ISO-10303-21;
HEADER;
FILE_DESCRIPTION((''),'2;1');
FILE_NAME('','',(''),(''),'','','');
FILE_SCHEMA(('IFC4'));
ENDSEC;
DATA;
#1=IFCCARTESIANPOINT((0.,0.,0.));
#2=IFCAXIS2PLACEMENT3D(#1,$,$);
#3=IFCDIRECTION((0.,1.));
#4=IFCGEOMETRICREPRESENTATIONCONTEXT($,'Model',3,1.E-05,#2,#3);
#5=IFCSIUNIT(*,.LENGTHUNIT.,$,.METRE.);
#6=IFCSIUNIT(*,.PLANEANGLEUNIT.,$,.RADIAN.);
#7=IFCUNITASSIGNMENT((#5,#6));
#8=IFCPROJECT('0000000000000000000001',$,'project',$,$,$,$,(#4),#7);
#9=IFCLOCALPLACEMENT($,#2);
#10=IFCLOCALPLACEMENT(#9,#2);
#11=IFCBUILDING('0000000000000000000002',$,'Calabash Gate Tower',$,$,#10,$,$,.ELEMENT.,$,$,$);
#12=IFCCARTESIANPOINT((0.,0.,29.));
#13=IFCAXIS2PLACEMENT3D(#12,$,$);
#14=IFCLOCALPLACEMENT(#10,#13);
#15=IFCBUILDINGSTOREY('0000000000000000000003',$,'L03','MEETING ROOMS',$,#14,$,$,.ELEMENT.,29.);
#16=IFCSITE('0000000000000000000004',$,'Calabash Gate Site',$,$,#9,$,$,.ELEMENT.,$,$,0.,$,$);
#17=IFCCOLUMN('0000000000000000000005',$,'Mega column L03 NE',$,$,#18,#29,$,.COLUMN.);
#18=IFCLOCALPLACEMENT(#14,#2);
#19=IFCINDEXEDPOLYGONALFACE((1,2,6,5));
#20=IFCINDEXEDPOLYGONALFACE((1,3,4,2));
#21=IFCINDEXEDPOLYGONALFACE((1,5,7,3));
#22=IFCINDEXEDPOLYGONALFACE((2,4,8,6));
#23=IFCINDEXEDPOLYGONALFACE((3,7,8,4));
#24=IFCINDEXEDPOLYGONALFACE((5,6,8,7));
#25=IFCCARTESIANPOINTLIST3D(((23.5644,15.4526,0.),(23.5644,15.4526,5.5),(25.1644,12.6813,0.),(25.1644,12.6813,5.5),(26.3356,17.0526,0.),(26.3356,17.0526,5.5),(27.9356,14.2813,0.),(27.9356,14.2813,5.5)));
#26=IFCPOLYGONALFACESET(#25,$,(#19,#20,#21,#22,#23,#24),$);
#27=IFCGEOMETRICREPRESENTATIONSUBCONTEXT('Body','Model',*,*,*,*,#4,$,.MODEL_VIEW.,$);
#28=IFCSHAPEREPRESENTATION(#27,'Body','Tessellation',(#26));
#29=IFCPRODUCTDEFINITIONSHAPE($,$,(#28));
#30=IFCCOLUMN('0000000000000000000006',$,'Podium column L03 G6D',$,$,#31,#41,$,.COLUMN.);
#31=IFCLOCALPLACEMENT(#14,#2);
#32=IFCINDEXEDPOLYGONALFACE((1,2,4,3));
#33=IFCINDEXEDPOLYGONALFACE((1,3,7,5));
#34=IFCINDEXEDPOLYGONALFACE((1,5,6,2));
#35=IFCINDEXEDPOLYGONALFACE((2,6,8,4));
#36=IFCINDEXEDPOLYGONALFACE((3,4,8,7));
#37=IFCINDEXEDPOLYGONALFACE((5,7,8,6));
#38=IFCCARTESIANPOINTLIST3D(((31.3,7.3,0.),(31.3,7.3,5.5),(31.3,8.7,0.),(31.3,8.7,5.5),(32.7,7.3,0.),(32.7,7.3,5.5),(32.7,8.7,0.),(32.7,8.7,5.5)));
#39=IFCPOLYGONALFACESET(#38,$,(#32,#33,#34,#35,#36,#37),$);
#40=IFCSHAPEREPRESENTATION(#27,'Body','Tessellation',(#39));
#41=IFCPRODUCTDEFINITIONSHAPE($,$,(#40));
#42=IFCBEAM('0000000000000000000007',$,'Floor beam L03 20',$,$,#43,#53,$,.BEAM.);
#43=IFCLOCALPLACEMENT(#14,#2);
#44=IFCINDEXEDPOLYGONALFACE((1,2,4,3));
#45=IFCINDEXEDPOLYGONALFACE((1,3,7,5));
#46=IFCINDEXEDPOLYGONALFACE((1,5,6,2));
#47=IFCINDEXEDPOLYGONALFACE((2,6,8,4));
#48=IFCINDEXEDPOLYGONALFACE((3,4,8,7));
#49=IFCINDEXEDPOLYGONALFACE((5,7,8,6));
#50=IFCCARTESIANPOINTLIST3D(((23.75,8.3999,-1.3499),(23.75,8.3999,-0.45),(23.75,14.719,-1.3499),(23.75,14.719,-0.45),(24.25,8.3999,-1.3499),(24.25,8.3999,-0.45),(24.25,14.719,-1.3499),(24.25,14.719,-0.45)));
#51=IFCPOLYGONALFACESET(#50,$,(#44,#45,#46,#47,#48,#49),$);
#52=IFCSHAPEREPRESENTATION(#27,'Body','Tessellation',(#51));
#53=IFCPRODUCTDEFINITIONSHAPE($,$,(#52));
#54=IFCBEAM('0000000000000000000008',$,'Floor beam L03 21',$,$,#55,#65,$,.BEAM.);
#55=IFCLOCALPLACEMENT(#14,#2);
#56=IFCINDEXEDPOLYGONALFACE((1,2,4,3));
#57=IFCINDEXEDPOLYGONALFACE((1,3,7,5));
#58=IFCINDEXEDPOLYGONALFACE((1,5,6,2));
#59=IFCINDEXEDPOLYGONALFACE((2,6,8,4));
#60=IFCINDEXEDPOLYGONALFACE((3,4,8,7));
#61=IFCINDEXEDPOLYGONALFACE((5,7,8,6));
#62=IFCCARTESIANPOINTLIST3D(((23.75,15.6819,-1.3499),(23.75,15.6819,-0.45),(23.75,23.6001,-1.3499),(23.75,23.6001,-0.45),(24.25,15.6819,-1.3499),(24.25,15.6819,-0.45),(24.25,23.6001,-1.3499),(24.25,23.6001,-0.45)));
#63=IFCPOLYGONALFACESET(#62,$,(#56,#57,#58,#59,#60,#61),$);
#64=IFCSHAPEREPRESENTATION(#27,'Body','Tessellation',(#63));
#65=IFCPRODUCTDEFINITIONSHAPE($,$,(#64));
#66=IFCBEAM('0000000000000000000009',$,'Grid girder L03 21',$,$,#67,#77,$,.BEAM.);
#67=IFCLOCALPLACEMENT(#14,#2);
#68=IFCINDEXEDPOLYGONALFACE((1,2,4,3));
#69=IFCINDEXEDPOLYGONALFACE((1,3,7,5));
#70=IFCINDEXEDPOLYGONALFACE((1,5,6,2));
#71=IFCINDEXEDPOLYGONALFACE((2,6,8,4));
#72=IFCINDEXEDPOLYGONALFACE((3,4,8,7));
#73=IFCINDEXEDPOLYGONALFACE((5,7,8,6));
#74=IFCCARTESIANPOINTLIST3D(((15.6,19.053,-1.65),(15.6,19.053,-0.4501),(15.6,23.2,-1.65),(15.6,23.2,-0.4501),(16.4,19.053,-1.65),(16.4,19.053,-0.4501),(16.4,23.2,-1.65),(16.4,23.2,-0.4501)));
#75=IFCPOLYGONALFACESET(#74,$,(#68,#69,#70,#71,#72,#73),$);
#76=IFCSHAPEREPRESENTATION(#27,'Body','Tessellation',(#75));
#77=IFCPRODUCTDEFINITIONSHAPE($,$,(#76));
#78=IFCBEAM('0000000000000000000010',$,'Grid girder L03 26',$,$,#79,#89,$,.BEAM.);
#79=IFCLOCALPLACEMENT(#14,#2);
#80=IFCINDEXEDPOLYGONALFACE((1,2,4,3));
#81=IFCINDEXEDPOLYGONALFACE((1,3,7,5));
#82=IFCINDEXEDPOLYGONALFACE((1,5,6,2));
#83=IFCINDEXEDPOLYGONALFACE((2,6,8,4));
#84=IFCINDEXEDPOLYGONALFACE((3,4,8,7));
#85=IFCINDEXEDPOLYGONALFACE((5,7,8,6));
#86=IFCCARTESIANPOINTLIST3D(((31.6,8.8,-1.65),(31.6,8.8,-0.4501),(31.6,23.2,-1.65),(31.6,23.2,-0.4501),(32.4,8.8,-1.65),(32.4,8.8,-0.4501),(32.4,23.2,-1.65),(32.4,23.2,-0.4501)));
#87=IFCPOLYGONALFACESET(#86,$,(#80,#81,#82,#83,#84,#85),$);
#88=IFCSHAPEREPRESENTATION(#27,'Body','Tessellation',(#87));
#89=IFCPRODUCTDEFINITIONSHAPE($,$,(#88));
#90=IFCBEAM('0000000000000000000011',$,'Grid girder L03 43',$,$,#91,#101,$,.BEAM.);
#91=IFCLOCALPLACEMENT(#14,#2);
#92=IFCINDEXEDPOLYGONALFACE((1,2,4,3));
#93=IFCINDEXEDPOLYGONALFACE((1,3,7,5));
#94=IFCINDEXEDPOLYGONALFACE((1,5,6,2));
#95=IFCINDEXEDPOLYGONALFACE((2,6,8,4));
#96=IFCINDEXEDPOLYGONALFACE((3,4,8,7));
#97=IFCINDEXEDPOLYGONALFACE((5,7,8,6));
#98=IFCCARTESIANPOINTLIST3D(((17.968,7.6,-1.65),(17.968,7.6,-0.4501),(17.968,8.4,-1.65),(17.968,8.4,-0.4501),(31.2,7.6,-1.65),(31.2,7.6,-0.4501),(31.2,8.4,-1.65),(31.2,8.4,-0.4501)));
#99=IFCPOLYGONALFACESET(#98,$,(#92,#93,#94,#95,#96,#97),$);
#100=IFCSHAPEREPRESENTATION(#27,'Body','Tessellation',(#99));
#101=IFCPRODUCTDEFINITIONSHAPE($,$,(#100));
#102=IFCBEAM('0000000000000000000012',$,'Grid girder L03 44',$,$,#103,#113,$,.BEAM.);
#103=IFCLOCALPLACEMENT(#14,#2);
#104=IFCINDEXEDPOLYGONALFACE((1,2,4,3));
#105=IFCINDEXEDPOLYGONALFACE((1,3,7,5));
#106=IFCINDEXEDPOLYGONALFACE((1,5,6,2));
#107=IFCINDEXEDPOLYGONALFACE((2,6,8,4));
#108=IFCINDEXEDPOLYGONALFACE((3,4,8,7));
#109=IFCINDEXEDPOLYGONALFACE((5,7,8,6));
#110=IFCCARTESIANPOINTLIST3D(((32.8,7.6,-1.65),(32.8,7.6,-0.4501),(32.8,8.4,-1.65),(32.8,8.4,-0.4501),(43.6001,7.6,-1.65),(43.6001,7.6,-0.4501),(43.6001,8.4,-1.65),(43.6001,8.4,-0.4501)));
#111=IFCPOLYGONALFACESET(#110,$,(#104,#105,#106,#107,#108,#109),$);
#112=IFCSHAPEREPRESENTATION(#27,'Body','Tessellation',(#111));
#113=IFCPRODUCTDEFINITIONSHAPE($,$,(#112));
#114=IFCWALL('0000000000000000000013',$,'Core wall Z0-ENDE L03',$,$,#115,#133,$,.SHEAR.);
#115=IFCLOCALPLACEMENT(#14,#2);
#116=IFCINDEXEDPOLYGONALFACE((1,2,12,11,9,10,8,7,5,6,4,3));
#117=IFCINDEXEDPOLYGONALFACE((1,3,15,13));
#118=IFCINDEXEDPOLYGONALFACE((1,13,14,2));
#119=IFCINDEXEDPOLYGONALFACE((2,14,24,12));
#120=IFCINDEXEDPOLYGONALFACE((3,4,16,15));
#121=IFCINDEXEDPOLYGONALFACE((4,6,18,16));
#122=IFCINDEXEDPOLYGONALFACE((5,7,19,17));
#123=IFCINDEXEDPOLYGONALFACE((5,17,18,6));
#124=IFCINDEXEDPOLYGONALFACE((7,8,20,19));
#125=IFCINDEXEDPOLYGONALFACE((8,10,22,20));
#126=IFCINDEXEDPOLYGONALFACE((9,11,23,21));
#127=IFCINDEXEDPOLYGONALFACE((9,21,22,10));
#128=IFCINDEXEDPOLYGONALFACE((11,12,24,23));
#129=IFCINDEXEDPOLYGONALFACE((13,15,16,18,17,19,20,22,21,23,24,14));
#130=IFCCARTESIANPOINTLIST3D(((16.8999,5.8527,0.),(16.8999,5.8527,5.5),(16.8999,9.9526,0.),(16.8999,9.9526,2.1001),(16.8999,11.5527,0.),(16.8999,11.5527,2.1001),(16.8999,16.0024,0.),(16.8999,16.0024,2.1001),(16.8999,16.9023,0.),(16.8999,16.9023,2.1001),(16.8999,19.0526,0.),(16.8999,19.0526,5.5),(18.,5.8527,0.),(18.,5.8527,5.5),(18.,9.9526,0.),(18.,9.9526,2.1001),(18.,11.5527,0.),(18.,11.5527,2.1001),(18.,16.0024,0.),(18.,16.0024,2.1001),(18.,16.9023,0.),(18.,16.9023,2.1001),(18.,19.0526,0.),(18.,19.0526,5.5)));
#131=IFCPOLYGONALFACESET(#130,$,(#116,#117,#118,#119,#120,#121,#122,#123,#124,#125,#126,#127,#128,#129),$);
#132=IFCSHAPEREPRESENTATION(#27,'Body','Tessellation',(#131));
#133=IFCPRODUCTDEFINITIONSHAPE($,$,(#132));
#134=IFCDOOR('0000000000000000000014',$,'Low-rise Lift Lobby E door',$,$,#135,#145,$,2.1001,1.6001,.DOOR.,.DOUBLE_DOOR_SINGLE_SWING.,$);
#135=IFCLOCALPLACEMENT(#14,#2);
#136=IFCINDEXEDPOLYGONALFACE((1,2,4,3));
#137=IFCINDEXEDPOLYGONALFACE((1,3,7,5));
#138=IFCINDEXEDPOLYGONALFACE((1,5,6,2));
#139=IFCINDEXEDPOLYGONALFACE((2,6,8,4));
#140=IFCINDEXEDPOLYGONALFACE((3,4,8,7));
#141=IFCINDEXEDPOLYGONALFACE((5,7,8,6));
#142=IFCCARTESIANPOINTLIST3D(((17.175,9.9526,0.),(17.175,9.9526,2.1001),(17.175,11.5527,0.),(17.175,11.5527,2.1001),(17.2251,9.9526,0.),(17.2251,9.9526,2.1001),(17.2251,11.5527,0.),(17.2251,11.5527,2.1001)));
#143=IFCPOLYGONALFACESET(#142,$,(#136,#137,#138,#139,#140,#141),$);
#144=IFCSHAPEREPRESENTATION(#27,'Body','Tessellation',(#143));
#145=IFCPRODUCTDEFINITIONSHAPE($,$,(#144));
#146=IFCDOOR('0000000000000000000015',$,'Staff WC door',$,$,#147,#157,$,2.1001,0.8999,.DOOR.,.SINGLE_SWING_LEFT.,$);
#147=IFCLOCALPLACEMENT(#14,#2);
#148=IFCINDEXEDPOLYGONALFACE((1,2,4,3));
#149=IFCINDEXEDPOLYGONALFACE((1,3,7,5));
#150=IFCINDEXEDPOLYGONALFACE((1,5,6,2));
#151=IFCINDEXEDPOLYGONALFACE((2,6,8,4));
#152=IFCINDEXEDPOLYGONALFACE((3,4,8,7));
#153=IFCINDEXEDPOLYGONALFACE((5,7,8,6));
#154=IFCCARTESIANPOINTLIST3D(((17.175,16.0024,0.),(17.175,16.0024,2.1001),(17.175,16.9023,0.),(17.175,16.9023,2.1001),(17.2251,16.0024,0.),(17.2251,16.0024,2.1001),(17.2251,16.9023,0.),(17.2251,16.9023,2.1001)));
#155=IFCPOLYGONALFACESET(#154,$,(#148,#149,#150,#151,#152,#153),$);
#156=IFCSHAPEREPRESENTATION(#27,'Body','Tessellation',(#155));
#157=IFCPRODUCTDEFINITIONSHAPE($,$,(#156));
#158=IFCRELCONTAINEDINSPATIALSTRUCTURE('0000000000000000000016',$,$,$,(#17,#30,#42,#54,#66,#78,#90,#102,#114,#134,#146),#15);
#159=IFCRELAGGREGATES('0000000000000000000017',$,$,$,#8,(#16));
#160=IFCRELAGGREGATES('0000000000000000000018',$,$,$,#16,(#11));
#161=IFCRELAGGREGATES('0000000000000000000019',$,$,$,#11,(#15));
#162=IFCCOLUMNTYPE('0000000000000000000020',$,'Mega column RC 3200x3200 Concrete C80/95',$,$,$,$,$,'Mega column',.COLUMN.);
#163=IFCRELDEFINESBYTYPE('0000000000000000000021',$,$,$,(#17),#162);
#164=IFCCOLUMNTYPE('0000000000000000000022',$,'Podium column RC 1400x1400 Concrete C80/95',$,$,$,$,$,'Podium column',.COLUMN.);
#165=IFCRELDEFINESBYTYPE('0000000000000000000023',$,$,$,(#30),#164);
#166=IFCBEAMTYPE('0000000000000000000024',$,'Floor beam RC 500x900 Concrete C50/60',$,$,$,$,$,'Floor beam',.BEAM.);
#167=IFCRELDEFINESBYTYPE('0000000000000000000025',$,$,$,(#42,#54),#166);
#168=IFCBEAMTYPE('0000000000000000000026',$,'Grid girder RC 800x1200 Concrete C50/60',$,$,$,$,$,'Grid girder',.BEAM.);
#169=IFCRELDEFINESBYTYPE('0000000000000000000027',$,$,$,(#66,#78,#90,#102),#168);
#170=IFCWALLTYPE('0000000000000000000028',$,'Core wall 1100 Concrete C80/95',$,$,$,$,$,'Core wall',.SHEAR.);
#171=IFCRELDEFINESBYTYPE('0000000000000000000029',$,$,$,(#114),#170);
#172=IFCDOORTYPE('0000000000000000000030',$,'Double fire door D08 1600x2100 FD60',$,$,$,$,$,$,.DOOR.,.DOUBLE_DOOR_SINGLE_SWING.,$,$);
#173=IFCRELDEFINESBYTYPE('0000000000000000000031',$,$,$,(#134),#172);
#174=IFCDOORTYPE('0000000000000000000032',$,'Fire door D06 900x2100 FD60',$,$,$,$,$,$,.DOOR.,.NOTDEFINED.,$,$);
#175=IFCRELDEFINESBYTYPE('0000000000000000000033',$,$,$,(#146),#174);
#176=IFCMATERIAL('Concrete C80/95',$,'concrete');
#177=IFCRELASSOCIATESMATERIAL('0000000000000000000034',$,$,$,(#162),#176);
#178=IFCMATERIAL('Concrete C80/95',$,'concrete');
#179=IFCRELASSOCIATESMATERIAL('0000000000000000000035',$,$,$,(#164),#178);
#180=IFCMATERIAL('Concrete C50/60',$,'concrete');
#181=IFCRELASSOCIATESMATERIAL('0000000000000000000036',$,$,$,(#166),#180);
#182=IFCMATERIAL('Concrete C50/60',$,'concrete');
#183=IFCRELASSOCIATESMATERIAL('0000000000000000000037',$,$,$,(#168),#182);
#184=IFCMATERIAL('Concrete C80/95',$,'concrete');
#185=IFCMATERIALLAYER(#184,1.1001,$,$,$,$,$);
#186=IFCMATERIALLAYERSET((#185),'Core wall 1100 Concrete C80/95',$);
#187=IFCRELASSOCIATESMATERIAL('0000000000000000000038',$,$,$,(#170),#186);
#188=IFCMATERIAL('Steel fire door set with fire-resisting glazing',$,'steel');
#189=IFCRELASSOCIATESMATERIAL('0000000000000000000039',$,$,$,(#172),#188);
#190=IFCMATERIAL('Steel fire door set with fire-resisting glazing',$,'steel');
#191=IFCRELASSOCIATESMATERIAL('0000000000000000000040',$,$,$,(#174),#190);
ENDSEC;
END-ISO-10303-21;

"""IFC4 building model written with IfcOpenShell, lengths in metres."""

from ifc_helpers import new_model, si_unit, direction, frame, frame_2d, origin, origin_2d, place, context, subcontext, project, spatial, rectangle, extrude, material, layer, layer_set, material_profile, profile_set, type_object, element, fill, save


model = new_model("IFC4")

# Units and contexts
model_context = context("Model", 3, precision=1e-05, world=origin(), true_north=direction((0.0, 1.0)))
body_context = subcontext(model_context, "Body", "Model", "MODEL_VIEW")
ifc_project = project(units=[si_unit("LENGTHUNIT", "METRE"), si_unit("PLANEANGLEUNIT", "RADIAN")], contexts=[model_context])

# Site, building, storey
site_placement = place(None, origin())
site = spatial("IfcSite", under=ifc_project, at=site_placement, Name="Calabash Gate Site", CompositionType="ELEMENT", RefElevation=0.0)
building_placement = place(site_placement, origin())
building = spatial("IfcBuilding", under=site, at=building_placement, Name="Calabash Gate Tower", CompositionType="ELEMENT")
storey_placement = place(building_placement, frame((0.0, 0.0, 29.0)))
storey = spatial("IfcBuildingStorey", under=building, at=storey_placement, Name="L03", Description="MEETING ROOMS", CompositionType="ELEMENT", Elevation=29.0)

# Columns
ifc_material_1 = material(Name="Concrete C80/95", Category="concrete")
ifc_material_profile_1 = material_profile(ifc_material_1, rectangle(XDim=3.2, YDim=3.2, at=origin_2d()))
ifc_profile_set_1 = profile_set([ifc_material_profile_1], Name="Concrete C80/95")
column_type_1 = type_object("IfcColumnType", Name="Mega column RC 3200x3200 Concrete C80/95", ElementType="Mega column", PredefinedType="COLUMN", material=ifc_profile_set_1)
column_1_placement = place(storey_placement, frame((25.75, 14.8669, 0.0), z_axis=(0.0, 0.0, 1.0), x_axis=(-0.866025, -0.5, 0.0)))
element("IfcColumn", 1, at=column_1_placement, inside=storey, type_object=column_type_1, Name="Mega column L03 NE", PredefinedType="COLUMN", context=body_context, shape_type="SweptSolid", body=[
    extrude(rectangle(XDim=3.2, YDim=3.2, at=origin_2d()), origin(), (0.0, 0.0, 1.0), 5.5),
])
ifc_material_2 = material(Name="Concrete C80/95", Category="concrete")
ifc_material_profile_2 = material_profile(ifc_material_2, rectangle(XDim=1.3999, YDim=1.3999, at=origin_2d()))
ifc_profile_set_2 = profile_set([ifc_material_profile_2], Name="Concrete C80/95")
column_type_2 = type_object("IfcColumnType", Name="Podium column RC 1400x1400 Concrete C80/95", ElementType="Podium column", PredefinedType="COLUMN", material=ifc_profile_set_2)
column_2_placement = place(storey_placement, frame((32.0, 8.0, 0.0), z_axis=(0.0, 0.0, 1.0), x_axis=(1.0, 0.0, 0.0)))
element("IfcColumn", 2, at=column_2_placement, inside=storey, type_object=column_type_2, Name="Podium column L03 G6D", PredefinedType="COLUMN", context=body_context, shape_type="SweptSolid", body=[
    extrude(rectangle(XDim=1.3999, YDim=1.3999, at=origin_2d()), origin(), (0.0, 0.0, 1.0), 5.5),
])

# Beams
ifc_material_3 = material(Name="Concrete C50/60", Category="concrete")
ifc_material_profile_3 = material_profile(ifc_material_3, rectangle(XDim=0.5, YDim=0.8999, at=origin_2d()))
ifc_profile_set_3 = profile_set([ifc_material_profile_3], Name="Concrete C50/60")
beam_type_1 = type_object("IfcBeamType", Name="Floor beam RC 500x900 Concrete C50/60", ElementType="Floor beam", PredefinedType="BEAM", material=ifc_profile_set_3)
beam_1_placement = place(storey_placement, frame((24.0, 8.3999, -0.8999), z_axis=(0.0, 1.0, 0.0), x_axis=(-1.0, 0.0, 0.0)))
element("IfcBeam", 3, at=beam_1_placement, inside=storey, type_object=beam_type_1, Name="Floor beam L03 20", PredefinedType="BEAM", context=body_context, shape_type="SweptSolid", body=[
    extrude(rectangle(XDim=0.5, YDim=0.8999, at=origin_2d()), origin(), (0.0, 0.0, 1.0), 6.3191),
])
beam_2_placement = place(storey_placement, frame((24.0, 15.6819, -0.8999), z_axis=(0.0, 1.0, 0.0), x_axis=(-1.0, 0.0, 0.0)))
element("IfcBeam", 4, at=beam_2_placement, inside=storey, type_object=beam_type_1, Name="Floor beam L03 21", PredefinedType="BEAM", context=body_context, shape_type="SweptSolid", body=[
    extrude(rectangle(XDim=0.5, YDim=0.8999, at=origin_2d()), origin(), (0.0, 0.0, 1.0), 7.9182),
])
ifc_material_4 = material(Name="Concrete C50/60", Category="concrete")
ifc_material_profile_4 = material_profile(ifc_material_4, rectangle(XDim=0.8, YDim=1.2, at=origin_2d()))
ifc_profile_set_4 = profile_set([ifc_material_profile_4], Name="Concrete C50/60")
beam_type_2 = type_object("IfcBeamType", Name="Grid girder RC 800x1200 Concrete C50/60", ElementType="Grid girder", PredefinedType="BEAM", material=ifc_profile_set_4)
beam_3_placement = place(storey_placement, frame((16.0, 19.053, -1.05), z_axis=(0.0, 1.0, 0.0), x_axis=(-1.0, 0.0, 0.0)))
element("IfcBeam", 5, at=beam_3_placement, inside=storey, type_object=beam_type_2, Name="Grid girder L03 21", PredefinedType="BEAM", context=body_context, shape_type="SweptSolid", body=[
    extrude(rectangle(XDim=0.8, YDim=1.2, at=origin_2d()), origin(), (0.0, 0.0, 1.0), 4.147),
])
beam_4_placement = place(storey_placement, frame((32.0, 8.8, -1.05), z_axis=(0.0, 1.0, 0.0), x_axis=(-1.0, 0.0, 0.0)))
element("IfcBeam", 6, at=beam_4_placement, inside=storey, type_object=beam_type_2, Name="Grid girder L03 26", PredefinedType="BEAM", context=body_context, shape_type="SweptSolid", body=[
    extrude(rectangle(XDim=0.8, YDim=1.2, at=origin_2d()), origin(), (0.0, 0.0, 1.0), 14.3999),
])
beam_5_placement = place(storey_placement, frame((17.968, 8.0, -1.05), z_axis=(1.0, 0.0, 0.0), x_axis=(0.0, 1.0, 0.0)))
element("IfcBeam", 7, at=beam_5_placement, inside=storey, type_object=beam_type_2, Name="Grid girder L03 43", PredefinedType="BEAM", context=body_context, shape_type="SweptSolid", body=[
    extrude(rectangle(XDim=0.8, YDim=1.2, at=origin_2d()), origin(), (0.0, 0.0, 1.0), 13.2319),
])
beam_6_placement = place(storey_placement, frame((32.8, 8.0, -1.05), z_axis=(1.0, 0.0, 0.0), x_axis=(0.0, 1.0, 0.0)))
element("IfcBeam", 8, at=beam_6_placement, inside=storey, type_object=beam_type_2, Name="Grid girder L03 44", PredefinedType="BEAM", context=body_context, shape_type="SweptSolid", body=[
    extrude(rectangle(XDim=0.8, YDim=1.2, at=origin_2d()), origin(), (0.0, 0.0, 1.0), 10.8),
])

# Wall, openings, doors
ifc_material_5 = material(Name="Concrete C80/95", Category="concrete")
ifc_layer_1 = layer(ifc_material_5, 1.1001)
ifc_layer_set_1 = layer_set([ifc_layer_1], Name="Core wall 1100 Concrete C80/95")
wall_type_1 = type_object("IfcWallType", Name="Core wall 1100 Concrete C80/95", ElementType="Core wall", PredefinedType="SHEAR", material=ifc_layer_set_1)
wall_1_placement = place(storey_placement, frame((17.45, 5.8525, 0.0), z_axis=(0.0, 0.0, 1.0), x_axis=(0.0, 1.0, 0.0)))
wall_1 = element("IfcWall", 9, at=wall_1_placement, inside=storey, type_object=wall_type_1, Name="Core wall Z0-ENDE L03", PredefinedType="SHEAR", context=body_context, shape_type="SweptSolid", body=[
    extrude(rectangle(XDim=13.2, YDim=1.1001, at=frame_2d((6.6001, 0.0))), origin(), (0.0, 0.0, 1.0), 5.5),
])
opening_1_placement = place(wall_1_placement, frame((4.1001, 0.0, 0.0)))
opening_1 = element("IfcOpeningElement", 10, at=opening_1_placement, cuts=wall_1, PredefinedType="OPENING", context=body_context, shape_type="SweptSolid", body=[
    extrude(rectangle(XDim=1.6001, YDim=2.1001, at=frame_2d((0.8, 1.05))), frame((0.0, 0.5601, 0.0), z_axis=(0.0, -1.0, 0.0), x_axis=(1.0, 0.0, 0.0)), (0.0, 0.0, 1.0), 1.1201),
])
opening_2_placement = place(wall_1_placement, frame((10.1499, 0.0, 0.0)))
opening_2 = element("IfcOpeningElement", 11, at=opening_2_placement, cuts=wall_1, PredefinedType="OPENING", context=body_context, shape_type="SweptSolid", body=[
    extrude(rectangle(XDim=0.8999, YDim=2.1001, at=frame_2d((0.45, 1.05))), frame((0.0, 0.5601, 0.0), z_axis=(0.0, -1.0, 0.0), x_axis=(1.0, 0.0, 0.0)), (0.0, 0.0, 1.0), 1.1201),
])
ifc_material_6 = material(Name="Steel fire door set with fire-resisting glazing", Category="steel")
door_type_1 = type_object("IfcDoorType", Name="Double fire door D08 1600x2100 FD60", OperationType="DOUBLE_DOOR_SINGLE_SWING", PredefinedType="DOOR", material=ifc_material_6)
door_1_placement = place(opening_1_placement, origin())
door_1 = element("IfcDoor", 12, at=door_1_placement, inside=storey, type_object=door_type_1, Name="Low-rise Lift Lobby E door", OperationType="DOUBLE_DOOR_SINGLE_SWING", OverallHeight=2.1001, OverallWidth=1.6001, PredefinedType="DOOR", context=body_context, shape_type="SweptSolid", body=[
    extrude(rectangle(XDim=1.6001, YDim=2.1001, at=frame_2d((0.8, 1.05))), frame((0.0, 0.2749, 0.0), z_axis=(0.0, -1.0, 0.0), x_axis=(1.0, 0.0, 0.0)), (0.0, 0.0, 1.0), 0.05),
])
fill(opening_1, door_1)
ifc_material_7 = material(Name="Steel fire door set with fire-resisting glazing", Category="steel")
door_type_2 = type_object("IfcDoorType", Name="Fire door D06 900x2100 FD60", OperationType="NOTDEFINED", PredefinedType="DOOR", material=ifc_material_7)
door_2_placement = place(opening_2_placement, origin())
door_2 = element("IfcDoor", 13, at=door_2_placement, inside=storey, type_object=door_type_2, Name="Staff WC door", OperationType="SINGLE_SWING_LEFT", OverallHeight=2.1001, OverallWidth=0.8999, PredefinedType="DOOR", context=body_context, shape_type="SweptSolid", body=[
    extrude(rectangle(XDim=0.8999, YDim=2.1001, at=frame_2d((0.45, 1.05))), frame((0.0, 0.2749, 0.0), z_axis=(0.0, -1.0, 0.0), x_axis=(1.0, 0.0, 0.0)), (0.0, 0.0, 1.0), 0.05),
])
fill(opening_2, door_2)

save(model, "model.ifc")
